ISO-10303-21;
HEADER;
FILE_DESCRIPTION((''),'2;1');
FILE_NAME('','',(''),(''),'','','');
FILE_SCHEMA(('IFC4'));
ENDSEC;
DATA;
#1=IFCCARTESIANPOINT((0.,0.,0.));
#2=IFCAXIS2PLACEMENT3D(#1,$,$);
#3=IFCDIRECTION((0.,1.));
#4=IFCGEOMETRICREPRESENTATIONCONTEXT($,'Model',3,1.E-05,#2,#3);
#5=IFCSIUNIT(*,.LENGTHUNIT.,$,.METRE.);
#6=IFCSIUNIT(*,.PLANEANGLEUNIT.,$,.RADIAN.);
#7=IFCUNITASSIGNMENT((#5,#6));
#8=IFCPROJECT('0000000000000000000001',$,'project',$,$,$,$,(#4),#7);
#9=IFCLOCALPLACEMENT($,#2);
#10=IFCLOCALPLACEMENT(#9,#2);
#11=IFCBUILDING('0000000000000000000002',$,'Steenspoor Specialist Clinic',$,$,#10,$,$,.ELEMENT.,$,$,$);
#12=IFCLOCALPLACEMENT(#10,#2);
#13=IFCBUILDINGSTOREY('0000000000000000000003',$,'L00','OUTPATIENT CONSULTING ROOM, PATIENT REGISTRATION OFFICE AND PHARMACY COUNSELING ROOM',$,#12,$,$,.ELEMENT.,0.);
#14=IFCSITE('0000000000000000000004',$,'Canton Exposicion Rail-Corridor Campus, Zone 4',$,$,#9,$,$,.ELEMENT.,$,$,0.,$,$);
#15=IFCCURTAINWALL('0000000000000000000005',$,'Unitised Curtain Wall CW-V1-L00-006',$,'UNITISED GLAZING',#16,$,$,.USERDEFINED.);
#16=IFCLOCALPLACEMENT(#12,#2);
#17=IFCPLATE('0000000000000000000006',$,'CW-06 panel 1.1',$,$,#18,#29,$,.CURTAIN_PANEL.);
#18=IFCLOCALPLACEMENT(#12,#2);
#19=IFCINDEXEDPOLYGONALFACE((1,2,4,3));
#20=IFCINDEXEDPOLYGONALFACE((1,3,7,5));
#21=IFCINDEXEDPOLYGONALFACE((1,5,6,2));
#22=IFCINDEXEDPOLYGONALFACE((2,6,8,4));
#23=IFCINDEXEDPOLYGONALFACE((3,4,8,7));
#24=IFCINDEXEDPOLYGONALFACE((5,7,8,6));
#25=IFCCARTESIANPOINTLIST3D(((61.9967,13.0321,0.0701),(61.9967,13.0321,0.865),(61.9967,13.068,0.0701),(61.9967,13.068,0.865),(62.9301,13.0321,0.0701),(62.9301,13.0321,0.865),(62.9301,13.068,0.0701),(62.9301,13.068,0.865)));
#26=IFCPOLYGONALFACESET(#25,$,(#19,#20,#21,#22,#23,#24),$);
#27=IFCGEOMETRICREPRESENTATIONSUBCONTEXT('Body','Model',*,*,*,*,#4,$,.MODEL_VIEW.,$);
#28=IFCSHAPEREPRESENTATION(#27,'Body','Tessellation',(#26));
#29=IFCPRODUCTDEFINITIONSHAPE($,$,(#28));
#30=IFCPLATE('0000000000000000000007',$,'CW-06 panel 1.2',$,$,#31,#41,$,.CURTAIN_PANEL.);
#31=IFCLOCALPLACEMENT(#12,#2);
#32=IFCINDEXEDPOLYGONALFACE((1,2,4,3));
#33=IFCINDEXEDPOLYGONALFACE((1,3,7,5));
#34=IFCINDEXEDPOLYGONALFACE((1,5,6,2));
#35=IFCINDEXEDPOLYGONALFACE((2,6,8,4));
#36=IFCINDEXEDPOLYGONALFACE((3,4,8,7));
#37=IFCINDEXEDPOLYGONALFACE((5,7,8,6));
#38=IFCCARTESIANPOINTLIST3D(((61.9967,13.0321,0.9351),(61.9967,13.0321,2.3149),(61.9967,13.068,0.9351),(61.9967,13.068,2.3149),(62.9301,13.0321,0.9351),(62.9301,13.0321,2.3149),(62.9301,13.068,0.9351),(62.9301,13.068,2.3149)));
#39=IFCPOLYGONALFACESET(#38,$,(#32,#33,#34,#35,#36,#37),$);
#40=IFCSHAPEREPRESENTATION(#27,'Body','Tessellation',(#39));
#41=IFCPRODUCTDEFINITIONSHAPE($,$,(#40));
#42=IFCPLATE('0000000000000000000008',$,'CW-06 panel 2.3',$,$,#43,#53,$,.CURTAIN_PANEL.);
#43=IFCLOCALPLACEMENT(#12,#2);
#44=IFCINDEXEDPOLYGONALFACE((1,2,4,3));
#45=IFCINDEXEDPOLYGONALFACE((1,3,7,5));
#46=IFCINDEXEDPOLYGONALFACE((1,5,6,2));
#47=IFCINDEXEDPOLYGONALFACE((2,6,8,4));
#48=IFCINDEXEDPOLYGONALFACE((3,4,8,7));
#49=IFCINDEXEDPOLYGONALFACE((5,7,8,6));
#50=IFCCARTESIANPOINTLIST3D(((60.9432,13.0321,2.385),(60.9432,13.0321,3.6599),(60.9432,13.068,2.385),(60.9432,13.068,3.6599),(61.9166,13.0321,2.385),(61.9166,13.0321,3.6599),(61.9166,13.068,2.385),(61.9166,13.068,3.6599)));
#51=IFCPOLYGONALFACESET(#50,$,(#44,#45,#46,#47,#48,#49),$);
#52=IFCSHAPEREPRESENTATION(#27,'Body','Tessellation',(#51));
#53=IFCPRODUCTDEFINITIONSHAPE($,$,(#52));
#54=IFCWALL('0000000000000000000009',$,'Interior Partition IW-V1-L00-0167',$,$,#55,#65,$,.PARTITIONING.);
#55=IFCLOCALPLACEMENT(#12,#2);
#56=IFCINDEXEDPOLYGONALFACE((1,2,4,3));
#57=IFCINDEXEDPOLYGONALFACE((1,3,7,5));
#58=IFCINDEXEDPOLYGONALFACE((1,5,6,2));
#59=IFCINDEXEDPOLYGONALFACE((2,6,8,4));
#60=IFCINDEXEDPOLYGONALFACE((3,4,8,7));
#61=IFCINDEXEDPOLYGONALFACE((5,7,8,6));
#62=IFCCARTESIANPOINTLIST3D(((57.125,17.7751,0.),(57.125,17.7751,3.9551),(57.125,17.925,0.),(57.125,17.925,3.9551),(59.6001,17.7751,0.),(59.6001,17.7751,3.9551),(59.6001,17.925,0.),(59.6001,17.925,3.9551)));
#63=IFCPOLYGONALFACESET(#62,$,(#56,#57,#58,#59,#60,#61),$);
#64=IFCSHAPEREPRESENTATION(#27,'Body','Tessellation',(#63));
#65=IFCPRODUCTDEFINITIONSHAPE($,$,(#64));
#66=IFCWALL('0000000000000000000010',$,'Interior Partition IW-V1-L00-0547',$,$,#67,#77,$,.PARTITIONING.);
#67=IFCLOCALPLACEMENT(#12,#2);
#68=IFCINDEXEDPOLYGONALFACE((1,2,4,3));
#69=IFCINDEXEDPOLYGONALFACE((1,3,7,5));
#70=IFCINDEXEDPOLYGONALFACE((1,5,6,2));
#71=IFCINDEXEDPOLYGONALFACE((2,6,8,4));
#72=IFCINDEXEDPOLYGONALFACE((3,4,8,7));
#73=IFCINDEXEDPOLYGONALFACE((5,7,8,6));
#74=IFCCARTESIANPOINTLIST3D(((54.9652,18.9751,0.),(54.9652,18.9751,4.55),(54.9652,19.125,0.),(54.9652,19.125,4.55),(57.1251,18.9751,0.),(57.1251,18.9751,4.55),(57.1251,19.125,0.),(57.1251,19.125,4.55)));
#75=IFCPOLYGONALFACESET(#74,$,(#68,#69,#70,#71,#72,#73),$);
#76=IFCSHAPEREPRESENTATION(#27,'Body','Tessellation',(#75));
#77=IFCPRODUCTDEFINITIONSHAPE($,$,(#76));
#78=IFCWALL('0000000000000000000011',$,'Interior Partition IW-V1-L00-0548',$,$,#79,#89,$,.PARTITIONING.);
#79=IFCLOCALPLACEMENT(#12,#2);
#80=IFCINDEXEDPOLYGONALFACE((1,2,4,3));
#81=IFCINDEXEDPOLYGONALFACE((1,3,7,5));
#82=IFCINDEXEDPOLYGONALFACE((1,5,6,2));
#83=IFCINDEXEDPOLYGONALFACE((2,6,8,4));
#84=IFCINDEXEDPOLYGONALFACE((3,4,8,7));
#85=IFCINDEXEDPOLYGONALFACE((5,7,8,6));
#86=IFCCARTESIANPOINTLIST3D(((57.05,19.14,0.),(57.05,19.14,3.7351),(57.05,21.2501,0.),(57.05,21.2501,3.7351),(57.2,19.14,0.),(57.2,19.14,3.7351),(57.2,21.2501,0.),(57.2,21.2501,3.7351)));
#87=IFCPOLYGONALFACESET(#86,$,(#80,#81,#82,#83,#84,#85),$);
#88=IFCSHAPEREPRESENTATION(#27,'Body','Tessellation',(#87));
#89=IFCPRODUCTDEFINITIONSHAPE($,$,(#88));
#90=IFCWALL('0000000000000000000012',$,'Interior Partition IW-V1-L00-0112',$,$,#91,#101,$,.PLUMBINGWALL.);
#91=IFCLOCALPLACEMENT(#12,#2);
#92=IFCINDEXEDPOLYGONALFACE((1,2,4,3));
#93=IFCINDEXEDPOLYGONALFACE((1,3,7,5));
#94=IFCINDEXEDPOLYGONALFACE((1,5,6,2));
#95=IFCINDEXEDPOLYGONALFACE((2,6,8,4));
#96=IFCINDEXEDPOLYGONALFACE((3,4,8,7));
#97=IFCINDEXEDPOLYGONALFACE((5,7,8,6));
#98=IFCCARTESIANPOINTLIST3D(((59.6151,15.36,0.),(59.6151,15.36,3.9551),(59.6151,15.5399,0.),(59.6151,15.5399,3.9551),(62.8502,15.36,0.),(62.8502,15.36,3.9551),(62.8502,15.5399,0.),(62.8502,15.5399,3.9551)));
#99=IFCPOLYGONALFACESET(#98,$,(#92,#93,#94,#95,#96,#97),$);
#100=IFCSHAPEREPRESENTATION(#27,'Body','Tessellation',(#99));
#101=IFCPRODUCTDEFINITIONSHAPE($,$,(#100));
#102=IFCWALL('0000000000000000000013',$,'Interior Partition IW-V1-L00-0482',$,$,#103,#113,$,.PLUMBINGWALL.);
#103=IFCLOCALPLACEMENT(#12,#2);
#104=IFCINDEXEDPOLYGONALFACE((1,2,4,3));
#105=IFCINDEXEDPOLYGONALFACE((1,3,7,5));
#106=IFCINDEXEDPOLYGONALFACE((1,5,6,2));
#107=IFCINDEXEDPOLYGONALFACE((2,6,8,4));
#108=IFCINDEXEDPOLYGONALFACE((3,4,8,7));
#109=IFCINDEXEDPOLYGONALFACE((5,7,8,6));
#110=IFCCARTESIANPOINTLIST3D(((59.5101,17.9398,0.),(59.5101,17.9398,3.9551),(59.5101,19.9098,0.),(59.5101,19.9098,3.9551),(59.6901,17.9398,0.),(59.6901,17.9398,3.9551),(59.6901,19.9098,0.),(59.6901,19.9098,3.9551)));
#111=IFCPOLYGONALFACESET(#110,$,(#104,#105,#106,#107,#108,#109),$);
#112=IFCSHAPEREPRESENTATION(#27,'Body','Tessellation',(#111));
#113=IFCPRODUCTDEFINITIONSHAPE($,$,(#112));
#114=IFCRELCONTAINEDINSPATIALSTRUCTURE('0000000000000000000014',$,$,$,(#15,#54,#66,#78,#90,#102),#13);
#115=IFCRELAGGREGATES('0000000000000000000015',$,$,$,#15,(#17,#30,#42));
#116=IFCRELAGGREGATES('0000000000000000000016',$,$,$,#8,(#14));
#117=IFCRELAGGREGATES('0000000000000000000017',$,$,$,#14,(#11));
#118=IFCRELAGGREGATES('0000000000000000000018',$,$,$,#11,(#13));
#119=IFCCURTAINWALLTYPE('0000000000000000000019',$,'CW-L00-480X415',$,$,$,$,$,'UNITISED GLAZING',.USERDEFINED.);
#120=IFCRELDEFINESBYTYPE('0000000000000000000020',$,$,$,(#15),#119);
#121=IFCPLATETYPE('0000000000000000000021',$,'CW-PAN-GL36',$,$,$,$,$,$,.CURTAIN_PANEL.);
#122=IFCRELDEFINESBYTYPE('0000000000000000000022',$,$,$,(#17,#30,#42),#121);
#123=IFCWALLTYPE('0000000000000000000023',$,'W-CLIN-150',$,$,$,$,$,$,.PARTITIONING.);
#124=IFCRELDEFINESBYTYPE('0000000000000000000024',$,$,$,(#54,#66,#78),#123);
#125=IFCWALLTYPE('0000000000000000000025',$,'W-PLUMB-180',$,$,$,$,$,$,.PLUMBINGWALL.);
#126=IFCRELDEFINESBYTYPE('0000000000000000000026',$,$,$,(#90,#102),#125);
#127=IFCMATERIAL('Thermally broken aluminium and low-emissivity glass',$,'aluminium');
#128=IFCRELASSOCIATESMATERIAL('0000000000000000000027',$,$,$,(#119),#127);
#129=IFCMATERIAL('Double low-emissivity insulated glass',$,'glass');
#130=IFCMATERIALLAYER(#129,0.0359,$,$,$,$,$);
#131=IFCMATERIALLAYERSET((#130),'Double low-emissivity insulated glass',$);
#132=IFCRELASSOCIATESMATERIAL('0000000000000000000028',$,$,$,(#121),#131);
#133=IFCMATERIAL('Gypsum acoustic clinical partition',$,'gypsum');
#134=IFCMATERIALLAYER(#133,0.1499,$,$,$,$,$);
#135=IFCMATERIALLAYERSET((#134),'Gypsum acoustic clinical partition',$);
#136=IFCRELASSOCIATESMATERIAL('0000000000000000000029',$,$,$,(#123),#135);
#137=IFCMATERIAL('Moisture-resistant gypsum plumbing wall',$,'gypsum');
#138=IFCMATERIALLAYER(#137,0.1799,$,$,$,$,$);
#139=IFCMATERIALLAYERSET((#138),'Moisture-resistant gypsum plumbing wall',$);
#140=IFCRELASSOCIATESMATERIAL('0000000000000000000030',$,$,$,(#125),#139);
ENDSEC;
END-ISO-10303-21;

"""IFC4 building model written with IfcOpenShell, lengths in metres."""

from ifc_helpers import new_model, si_unit, direction, frame, frame_2d, origin, origin_2d, place, context, subcontext, project, spatial, rectangle, extrude, material, layer, layer_set, type_object, element, aggregate, save


model = new_model("IFC4")

# Units and contexts
model_context = context("Model", 3, precision=1e-05, world=origin(), true_north=direction((0.0, 1.0)))
body_context = subcontext(model_context, "Body", "Model", "MODEL_VIEW")
ifc_project = project(units=[si_unit("LENGTHUNIT", "METRE"), si_unit("PLANEANGLEUNIT", "RADIAN")], contexts=[model_context])

# Site, building, storey
site_placement = place(None, origin())
site = spatial("IfcSite", under=ifc_project, at=site_placement, Name="Canton Exposicion Rail-Corridor Campus, Zone 4", CompositionType="ELEMENT", RefElevation=0.0)
building_placement = place(site_placement, origin())
building = spatial("IfcBuilding", under=site, at=building_placement, Name="Steenspoor Specialist Clinic", CompositionType="ELEMENT")
storey_placement = place(building_placement, origin())
storey = spatial("IfcBuildingStorey", under=building, at=storey_placement, Name="L00", Description="OUTPATIENT CONSULTING ROOM, PATIENT REGISTRATION OFFICE AND PHARMACY COUNSELING ROOM", CompositionType="ELEMENT", Elevation=0.0)

# Curtain wall
ifc_material_1 = material(Name="Thermally broken aluminium and low-emissivity glass", Category="aluminium")
curtain_wall_type = type_object("IfcCurtainWallType", Name="CW-L00-480X415", ElementType="UNITISED GLAZING", PredefinedType="USERDEFINED", material=ifc_material_1)
curtain_wall_placement = place(storey_placement, origin())
curtain_wall = element("IfcCurtainWall", 1, at=curtain_wall_placement, inside=storey, type_object=curtain_wall_type, Name="Unitised Curtain Wall CW-V1-L00-006", ObjectType="UNITISED GLAZING", PredefinedType="USERDEFINED")

# Plates
ifc_material_2 = material(Name="Double low-emissivity insulated glass", Category="glass")
ifc_layer_1 = layer(ifc_material_2, 0.0359)
ifc_layer_set_1 = layer_set([ifc_layer_1], Name="Double low-emissivity insulated glass")
plate_type = type_object("IfcPlateType", Name="CW-PAN-GL36", PredefinedType="CURTAIN_PANEL", material=ifc_layer_set_1)
plate_1_placement = place(storey_placement, frame((62.4634, 13.05, 0.0701), z_axis=(0.0, 0.0, 1.0), x_axis=(-1.0, 0.0, 0.0)))
plate_1 = element("IfcPlate", 2, at=plate_1_placement, type_object=plate_type, Name="CW-06 panel 1.1", PredefinedType="CURTAIN_PANEL", context=body_context, shape_type="SweptSolid", body=[
    extrude(rectangle(XDim=0.9333, YDim=0.0359, at=origin_2d()), origin(), (0.0, 0.0, 1.0), 0.7949),
])
plate_2_placement = place(storey_placement, frame((62.4634, 13.05, 0.9351), z_axis=(0.0, 0.0, 1.0), x_axis=(-1.0, 0.0, 0.0)))
plate_2 = element("IfcPlate", 3, at=plate_2_placement, type_object=plate_type, Name="CW-06 panel 1.2", PredefinedType="CURTAIN_PANEL", context=body_context, shape_type="SweptSolid", body=[
    extrude(rectangle(XDim=0.9333, YDim=0.0359, at=origin_2d()), origin(), (0.0, 0.0, 1.0), 1.3799),
])
plate_3_placement = place(storey_placement, frame((61.4299, 13.05, 2.385), z_axis=(0.0, 0.0, 1.0), x_axis=(-1.0, 0.0, 0.0)))
plate_3 = element("IfcPlate", 4, at=plate_3_placement, type_object=plate_type, Name="CW-06 panel 2.3", PredefinedType="CURTAIN_PANEL", context=body_context, shape_type="SweptSolid", body=[
    extrude(rectangle(XDim=0.9734, YDim=0.0359, at=origin_2d()), origin(), (0.0, 0.0, 1.0), 1.2749),
])
aggregate(curtain_wall, [plate_1, plate_2, plate_3])

# Walls
ifc_material_3 = material(Name="Gypsum acoustic clinical partition", Category="gypsum")
ifc_layer_2 = layer(ifc_material_3, 0.1499)
ifc_layer_set_2 = layer_set([ifc_layer_2], Name="Gypsum acoustic clinical partition")
wall_type_1 = type_object("IfcWallType", Name="W-CLIN-150", PredefinedType="PARTITIONING", material=ifc_layer_set_2)
wall_1_placement = place(storey_placement, frame((57.125, 17.8501, 0.0), z_axis=(0.0, 0.0, 1.0), x_axis=(1.0, 0.0, 0.0)))
element("IfcWall", 5, at=wall_1_placement, inside=storey, type_object=wall_type_1, Name="Interior Partition IW-V1-L00-0167", PredefinedType="PARTITIONING", context=body_context, shape_type="SweptSolid", body=[
    extrude(rectangle(XDim=2.4751, YDim=0.1499, at=frame_2d((1.2375, 0.0))), origin(), (0.0, 0.0, 1.0), 3.9551),
])
wall_2_placement = place(storey_placement, frame((54.9651, 19.05, 0.0), z_axis=(0.0, 0.0, 1.0), x_axis=(1.0, 0.0, 0.0)))
element("IfcWall", 6, at=wall_2_placement, inside=storey, type_object=wall_type_1, Name="Interior Partition IW-V1-L00-0547", PredefinedType="PARTITIONING", context=body_context, shape_type="SweptSolid", body=[
    extrude(rectangle(XDim=2.1599, YDim=0.1499, at=frame_2d((1.0801, 0.0))), origin(), (0.0, 0.0, 1.0), 4.55),
])
wall_3_placement = place(storey_placement, frame((57.125, 19.1399, 0.0), z_axis=(0.0, 0.0, 1.0), x_axis=(0.0, 1.0, 0.0)))
element("IfcWall", 7, at=wall_3_placement, inside=storey, type_object=wall_type_1, Name="Interior Partition IW-V1-L00-0548", PredefinedType="PARTITIONING", context=body_context, shape_type="SweptSolid", body=[
    extrude(rectangle(XDim=2.1101, YDim=0.1499, at=frame_2d((1.0552, 0.0))), origin(), (0.0, 0.0, 1.0), 3.7351),
])

# Walls
ifc_material_4 = material(Name="Moisture-resistant gypsum plumbing wall", Category="gypsum")
ifc_layer_3 = layer(ifc_material_4, 0.1799)
ifc_layer_set_3 = layer_set([ifc_layer_3], Name="Moisture-resistant gypsum plumbing wall")
wall_type_2 = type_object("IfcWallType", Name="W-PLUMB-180", PredefinedType="PLUMBINGWALL", material=ifc_layer_set_3)
wall_4_placement = place(storey_placement, frame((59.615, 15.45, 0.0), z_axis=(0.0, 0.0, 1.0), x_axis=(1.0, 0.0, 0.0)))
element("IfcWall", 8, at=wall_4_placement, inside=storey, type_object=wall_type_2, Name="Interior Partition IW-V1-L00-0112", PredefinedType="PLUMBINGWALL", context=body_context, shape_type="SweptSolid", body=[
    extrude(rectangle(XDim=3.2351, YDim=0.1799, at=frame_2d((1.6177, 0.0))), origin(), (0.0, 0.0, 1.0), 3.9551),
])
wall_5_placement = place(storey_placement, frame((59.6001, 17.9399, 0.0), z_axis=(0.0, 0.0, 1.0), x_axis=(0.0, 1.0, 0.0)))
element("IfcWall", 9, at=wall_5_placement, inside=storey, type_object=wall_type_2, Name="Interior Partition IW-V1-L00-0482", PredefinedType="PLUMBINGWALL", context=body_context, shape_type="SweptSolid", body=[
    extrude(rectangle(XDim=1.97, YDim=0.1799, at=frame_2d((0.9849, 0.0))), origin(), (0.0, 0.0, 1.0), 3.9551),
])

save(model, "model.ifc")
